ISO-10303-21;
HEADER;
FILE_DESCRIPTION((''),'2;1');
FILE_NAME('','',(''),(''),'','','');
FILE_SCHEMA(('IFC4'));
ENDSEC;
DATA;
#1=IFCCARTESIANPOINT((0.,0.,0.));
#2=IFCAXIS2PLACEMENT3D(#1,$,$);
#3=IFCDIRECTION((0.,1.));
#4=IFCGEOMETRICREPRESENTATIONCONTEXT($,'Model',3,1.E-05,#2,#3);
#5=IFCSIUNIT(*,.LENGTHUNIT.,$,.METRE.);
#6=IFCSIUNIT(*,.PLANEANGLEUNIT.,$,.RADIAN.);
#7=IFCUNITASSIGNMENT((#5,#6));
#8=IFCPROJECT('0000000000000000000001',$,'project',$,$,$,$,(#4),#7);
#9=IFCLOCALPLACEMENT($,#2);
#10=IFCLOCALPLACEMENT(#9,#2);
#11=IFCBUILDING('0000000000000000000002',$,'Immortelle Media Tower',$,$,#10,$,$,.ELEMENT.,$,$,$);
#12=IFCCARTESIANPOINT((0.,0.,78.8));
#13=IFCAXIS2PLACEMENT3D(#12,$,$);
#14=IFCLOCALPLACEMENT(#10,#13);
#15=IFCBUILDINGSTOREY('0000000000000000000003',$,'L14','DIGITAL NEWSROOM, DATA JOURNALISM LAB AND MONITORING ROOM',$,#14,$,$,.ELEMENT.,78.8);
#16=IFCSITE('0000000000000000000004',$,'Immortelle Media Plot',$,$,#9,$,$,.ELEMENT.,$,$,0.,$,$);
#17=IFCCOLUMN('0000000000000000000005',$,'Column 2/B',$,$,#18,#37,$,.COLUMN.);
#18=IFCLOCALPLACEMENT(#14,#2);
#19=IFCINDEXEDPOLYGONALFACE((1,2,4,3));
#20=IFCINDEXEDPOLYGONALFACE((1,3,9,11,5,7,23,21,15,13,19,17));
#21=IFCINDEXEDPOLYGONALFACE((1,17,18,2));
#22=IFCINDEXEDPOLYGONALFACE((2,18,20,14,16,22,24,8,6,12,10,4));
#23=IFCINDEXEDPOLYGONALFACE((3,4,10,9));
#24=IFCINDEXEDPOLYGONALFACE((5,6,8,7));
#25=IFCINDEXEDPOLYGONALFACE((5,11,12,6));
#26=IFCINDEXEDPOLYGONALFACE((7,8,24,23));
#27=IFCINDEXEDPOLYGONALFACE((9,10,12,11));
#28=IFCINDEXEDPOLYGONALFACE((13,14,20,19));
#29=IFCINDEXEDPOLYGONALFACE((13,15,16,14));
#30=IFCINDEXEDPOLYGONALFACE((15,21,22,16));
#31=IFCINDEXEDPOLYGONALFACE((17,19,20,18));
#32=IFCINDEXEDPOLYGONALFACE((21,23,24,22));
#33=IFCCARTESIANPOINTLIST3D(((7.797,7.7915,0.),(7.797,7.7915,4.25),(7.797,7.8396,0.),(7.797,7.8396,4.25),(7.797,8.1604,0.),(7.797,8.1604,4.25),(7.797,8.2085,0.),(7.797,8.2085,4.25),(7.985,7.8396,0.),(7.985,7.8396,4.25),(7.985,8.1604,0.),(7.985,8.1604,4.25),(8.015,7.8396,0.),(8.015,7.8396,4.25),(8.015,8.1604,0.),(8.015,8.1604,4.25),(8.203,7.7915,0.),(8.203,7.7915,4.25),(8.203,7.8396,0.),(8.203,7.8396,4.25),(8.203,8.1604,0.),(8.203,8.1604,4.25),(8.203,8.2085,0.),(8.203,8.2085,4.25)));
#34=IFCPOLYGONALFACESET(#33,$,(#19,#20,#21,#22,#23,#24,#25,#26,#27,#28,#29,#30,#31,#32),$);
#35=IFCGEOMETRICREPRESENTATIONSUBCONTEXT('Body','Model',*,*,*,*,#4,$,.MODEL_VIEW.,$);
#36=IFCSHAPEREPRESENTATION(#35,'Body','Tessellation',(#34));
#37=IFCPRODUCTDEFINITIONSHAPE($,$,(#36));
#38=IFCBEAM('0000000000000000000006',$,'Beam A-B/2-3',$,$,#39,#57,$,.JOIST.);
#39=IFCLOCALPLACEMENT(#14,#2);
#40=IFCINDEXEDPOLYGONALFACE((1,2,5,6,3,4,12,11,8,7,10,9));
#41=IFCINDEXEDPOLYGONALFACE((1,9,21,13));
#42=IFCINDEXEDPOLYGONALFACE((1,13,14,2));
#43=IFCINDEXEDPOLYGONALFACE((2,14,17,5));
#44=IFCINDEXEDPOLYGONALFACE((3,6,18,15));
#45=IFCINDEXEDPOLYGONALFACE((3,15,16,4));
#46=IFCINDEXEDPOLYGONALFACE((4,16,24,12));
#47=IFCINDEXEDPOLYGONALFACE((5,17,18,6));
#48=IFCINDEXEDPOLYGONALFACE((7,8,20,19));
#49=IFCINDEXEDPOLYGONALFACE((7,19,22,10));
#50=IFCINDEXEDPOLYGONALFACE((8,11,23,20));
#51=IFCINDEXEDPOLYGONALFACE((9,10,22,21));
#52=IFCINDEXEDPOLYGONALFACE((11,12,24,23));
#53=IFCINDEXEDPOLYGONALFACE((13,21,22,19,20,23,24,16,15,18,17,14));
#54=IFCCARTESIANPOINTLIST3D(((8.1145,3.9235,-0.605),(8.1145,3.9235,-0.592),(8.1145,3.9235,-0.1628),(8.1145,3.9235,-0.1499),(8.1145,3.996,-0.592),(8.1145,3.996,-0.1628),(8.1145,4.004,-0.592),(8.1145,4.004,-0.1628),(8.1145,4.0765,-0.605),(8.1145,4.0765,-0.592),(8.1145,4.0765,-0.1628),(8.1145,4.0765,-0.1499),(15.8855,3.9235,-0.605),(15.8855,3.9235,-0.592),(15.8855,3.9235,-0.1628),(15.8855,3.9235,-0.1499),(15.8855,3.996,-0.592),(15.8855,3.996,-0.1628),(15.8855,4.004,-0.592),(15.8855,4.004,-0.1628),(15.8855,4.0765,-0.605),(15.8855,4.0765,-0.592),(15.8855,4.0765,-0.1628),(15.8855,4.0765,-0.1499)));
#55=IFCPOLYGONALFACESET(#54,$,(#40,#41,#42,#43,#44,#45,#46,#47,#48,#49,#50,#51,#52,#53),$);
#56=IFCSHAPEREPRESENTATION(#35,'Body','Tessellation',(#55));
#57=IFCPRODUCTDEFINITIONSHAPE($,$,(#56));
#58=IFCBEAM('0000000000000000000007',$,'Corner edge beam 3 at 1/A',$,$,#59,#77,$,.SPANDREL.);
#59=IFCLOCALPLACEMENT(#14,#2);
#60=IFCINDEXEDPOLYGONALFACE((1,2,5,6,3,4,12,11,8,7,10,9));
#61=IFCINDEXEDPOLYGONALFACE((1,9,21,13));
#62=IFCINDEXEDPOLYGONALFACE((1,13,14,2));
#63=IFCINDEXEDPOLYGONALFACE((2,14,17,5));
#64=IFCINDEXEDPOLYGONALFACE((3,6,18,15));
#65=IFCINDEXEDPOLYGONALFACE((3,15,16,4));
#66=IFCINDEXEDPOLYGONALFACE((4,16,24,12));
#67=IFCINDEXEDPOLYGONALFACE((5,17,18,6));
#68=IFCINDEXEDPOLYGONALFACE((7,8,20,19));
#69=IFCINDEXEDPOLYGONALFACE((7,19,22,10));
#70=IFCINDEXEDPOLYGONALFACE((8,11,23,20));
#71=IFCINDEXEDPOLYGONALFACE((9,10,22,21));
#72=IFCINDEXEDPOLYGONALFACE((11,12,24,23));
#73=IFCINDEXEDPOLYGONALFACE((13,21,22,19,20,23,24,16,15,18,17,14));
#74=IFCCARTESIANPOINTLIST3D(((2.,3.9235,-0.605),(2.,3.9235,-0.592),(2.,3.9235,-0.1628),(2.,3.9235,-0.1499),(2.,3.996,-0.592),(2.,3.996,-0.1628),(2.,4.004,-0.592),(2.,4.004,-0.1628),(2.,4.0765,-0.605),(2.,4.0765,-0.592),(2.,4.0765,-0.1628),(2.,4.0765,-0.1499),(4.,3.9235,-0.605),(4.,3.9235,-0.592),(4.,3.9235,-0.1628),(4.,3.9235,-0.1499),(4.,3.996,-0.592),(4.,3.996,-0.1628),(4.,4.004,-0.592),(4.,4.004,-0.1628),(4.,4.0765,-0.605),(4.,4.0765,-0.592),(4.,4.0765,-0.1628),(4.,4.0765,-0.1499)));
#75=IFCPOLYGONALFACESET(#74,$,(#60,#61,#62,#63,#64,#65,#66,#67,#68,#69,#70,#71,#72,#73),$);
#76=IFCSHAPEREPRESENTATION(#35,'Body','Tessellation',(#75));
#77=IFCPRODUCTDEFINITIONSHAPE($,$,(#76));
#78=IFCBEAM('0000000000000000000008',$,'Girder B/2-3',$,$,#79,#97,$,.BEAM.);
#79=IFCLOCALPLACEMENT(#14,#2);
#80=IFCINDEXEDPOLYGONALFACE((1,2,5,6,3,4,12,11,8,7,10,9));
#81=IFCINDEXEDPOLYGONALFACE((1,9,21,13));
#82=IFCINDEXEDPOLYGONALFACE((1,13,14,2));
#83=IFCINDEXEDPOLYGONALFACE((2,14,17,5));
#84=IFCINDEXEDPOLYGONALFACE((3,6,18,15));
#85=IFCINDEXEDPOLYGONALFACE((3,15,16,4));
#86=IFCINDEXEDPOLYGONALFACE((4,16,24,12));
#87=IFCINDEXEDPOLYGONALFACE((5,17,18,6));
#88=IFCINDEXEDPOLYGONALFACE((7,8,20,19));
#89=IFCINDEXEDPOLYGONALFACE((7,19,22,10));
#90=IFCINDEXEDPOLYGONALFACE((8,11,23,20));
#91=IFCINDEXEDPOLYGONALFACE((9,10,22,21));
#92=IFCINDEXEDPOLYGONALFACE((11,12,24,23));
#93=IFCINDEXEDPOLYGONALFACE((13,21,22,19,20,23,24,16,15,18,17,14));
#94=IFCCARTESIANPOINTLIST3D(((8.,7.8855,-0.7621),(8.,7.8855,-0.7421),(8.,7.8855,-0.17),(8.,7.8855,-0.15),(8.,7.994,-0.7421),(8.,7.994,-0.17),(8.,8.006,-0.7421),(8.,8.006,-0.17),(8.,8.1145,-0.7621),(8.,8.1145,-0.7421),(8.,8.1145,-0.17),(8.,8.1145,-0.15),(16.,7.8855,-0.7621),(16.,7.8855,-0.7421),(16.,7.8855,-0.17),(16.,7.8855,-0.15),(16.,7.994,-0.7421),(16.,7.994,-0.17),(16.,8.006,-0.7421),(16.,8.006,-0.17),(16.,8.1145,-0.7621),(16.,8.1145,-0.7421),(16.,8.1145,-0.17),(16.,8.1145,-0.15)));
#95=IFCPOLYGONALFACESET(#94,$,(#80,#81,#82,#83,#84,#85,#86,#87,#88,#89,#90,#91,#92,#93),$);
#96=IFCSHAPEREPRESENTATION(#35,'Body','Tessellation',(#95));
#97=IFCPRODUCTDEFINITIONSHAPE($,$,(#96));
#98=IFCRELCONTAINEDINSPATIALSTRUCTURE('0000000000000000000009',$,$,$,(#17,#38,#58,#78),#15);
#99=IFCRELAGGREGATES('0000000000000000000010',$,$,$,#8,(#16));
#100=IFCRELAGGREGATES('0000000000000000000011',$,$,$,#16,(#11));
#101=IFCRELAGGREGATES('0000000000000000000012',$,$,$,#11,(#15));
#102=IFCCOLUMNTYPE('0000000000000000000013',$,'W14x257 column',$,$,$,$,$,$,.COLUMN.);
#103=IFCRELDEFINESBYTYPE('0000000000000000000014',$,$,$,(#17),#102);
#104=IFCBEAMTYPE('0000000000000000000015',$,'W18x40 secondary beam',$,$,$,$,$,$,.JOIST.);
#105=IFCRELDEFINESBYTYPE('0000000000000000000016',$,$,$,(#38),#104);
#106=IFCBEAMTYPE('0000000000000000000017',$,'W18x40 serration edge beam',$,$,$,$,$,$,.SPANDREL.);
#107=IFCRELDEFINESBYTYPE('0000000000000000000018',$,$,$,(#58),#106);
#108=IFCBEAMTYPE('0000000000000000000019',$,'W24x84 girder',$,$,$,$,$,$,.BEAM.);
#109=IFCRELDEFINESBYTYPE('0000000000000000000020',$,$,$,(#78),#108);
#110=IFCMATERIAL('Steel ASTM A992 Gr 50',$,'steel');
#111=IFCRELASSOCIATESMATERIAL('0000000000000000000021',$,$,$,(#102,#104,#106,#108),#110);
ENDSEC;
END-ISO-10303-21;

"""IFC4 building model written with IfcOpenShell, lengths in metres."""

from ifc_helpers import new_model, si_unit, direction, frame, origin, origin_2d, place, context, subcontext, project, spatial, i_section, extrude, material, material_profile, profile_set, type_object, element, save


model = new_model("IFC4")

# Units and contexts
model_context = context("Model", 3, precision=1e-05, world=origin(), true_north=direction((0.0, 1.0)))
body_context = subcontext(model_context, "Body", "Model", "MODEL_VIEW")
ifc_project = project(units=[si_unit("LENGTHUNIT", "METRE"), si_unit("PLANEANGLEUNIT", "RADIAN")], contexts=[model_context])

# Site, building, storey
site_placement = place(None, origin())
site = spatial("IfcSite", under=ifc_project, at=site_placement, Name="Immortelle Media Plot", CompositionType="ELEMENT", RefElevation=0.0)
building_placement = place(site_placement, origin())
building = spatial("IfcBuilding", under=site, at=building_placement, Name="Immortelle Media Tower", CompositionType="ELEMENT")
storey_placement = place(building_placement, frame((0.0, 0.0, 78.8)))
storey = spatial("IfcBuildingStorey", under=building, at=storey_placement, Name="L14", Description="DIGITAL NEWSROOM, DATA JOURNALISM LAB AND MONITORING ROOM", CompositionType="ELEMENT", Elevation=78.8)

# Column
ifc_material_1 = material(Name="Steel ASTM A992 Gr 50", Category="steel")
ifc_material_profile_1 = material_profile(ifc_material_1, i_section(OverallWidth=0.406, OverallDepth=0.417, WebThickness=0.03, FlangeThickness=0.0481, at=origin_2d()), Name="W14x257")
ifc_profile_set_1 = profile_set([ifc_material_profile_1], Name="Steel ASTM A992 Gr 50")
column_type = type_object("IfcColumnType", Name="W14x257 column", PredefinedType="COLUMN", material=ifc_profile_set_1)
column_placement = place(storey_placement, frame((8.0, 8.0, 0.0), z_axis=(0.0, 0.0, 1.0), x_axis=(1.0, 0.0, 0.0)))
element("IfcColumn", 1, at=column_placement, inside=storey, type_object=column_type, Name="Column 2/B", PredefinedType="COLUMN", context=body_context, shape_type="SweptSolid", body=[
    extrude(i_section(OverallWidth=0.406, OverallDepth=0.417, WebThickness=0.03, FlangeThickness=0.0481, at=origin_2d()), origin(), (0.0, 0.0, 1.0), 4.25),
])

# Beams
ifc_material_profile_2 = material_profile(ifc_material_1, i_section(OverallWidth=0.1531, OverallDepth=0.4551, WebThickness=0.0081, FlangeThickness=0.0129, at=origin_2d()), Name="W18x40")
ifc_profile_set_2 = profile_set([ifc_material_profile_2], Name="Steel ASTM A992 Gr 50")
beam_type_1 = type_object("IfcBeamType", Name="W18x40 secondary beam", PredefinedType="JOIST", material=ifc_profile_set_2)
beam_1_placement = place(storey_placement, frame((8.1145, 4.0, -0.3774), z_axis=(1.0, 0.0, 0.0), x_axis=(0.0, 1.0, 0.0)))
element("IfcBeam", 2, at=beam_1_placement, inside=storey, type_object=beam_type_1, Name="Beam A-B/2-3", PredefinedType="JOIST", context=body_context, shape_type="SweptSolid", body=[
    extrude(i_section(OverallWidth=0.1531, OverallDepth=0.4551, WebThickness=0.0081, FlangeThickness=0.0129, at=origin_2d()), origin(), (0.0, 0.0, 1.0), 7.771),
])
ifc_material_profile_3 = material_profile(ifc_material_1, i_section(OverallWidth=0.1531, OverallDepth=0.4551, WebThickness=0.0081, FlangeThickness=0.0129, at=origin_2d()), Name="W18x40")
ifc_profile_set_3 = profile_set([ifc_material_profile_3], Name="Steel ASTM A992 Gr 50")
beam_type_2 = type_object("IfcBeamType", Name="W18x40 serration edge beam", PredefinedType="SPANDREL", material=ifc_profile_set_3)
beam_2_placement = place(storey_placement, frame((4.0, 4.0, -0.3774), z_axis=(-1.0, 0.0, 0.0), x_axis=(0.0, -1.0, 0.0)))
element("IfcBeam", 3, at=beam_2_placement, inside=storey, type_object=beam_type_2, Name="Corner edge beam 3 at 1/A", PredefinedType="SPANDREL", context=body_context, shape_type="SweptSolid", body=[
    extrude(i_section(OverallWidth=0.1531, OverallDepth=0.4551, WebThickness=0.0081, FlangeThickness=0.0129, at=origin_2d()), origin(), (0.0, 0.0, 1.0), 2.0),
])
ifc_material_profile_4 = material_profile(ifc_material_1, i_section(OverallWidth=0.229, OverallDepth=0.6121, WebThickness=0.012, FlangeThickness=0.02, at=origin_2d()), Name="W24x84")
ifc_profile_set_4 = profile_set([ifc_material_profile_4], Name="Steel ASTM A992 Gr 50")
beam_type_3 = type_object("IfcBeamType", Name="W24x84 girder", PredefinedType="BEAM", material=ifc_profile_set_4)
beam_3_placement = place(storey_placement, frame((8.0, 8.0, -0.4561), z_axis=(1.0, 0.0, 0.0), x_axis=(0.0, 1.0, 0.0)))
element("IfcBeam", 4, at=beam_3_placement, inside=storey, type_object=beam_type_3, Name="Girder B/2-3", PredefinedType="BEAM", context=body_context, shape_type="SweptSolid", body=[
    extrude(i_section(OverallWidth=0.229, OverallDepth=0.6121, WebThickness=0.012, FlangeThickness=0.02, at=origin_2d()), origin(), (0.0, 0.0, 1.0), 8.0),
])

save(model, "model.ifc")
